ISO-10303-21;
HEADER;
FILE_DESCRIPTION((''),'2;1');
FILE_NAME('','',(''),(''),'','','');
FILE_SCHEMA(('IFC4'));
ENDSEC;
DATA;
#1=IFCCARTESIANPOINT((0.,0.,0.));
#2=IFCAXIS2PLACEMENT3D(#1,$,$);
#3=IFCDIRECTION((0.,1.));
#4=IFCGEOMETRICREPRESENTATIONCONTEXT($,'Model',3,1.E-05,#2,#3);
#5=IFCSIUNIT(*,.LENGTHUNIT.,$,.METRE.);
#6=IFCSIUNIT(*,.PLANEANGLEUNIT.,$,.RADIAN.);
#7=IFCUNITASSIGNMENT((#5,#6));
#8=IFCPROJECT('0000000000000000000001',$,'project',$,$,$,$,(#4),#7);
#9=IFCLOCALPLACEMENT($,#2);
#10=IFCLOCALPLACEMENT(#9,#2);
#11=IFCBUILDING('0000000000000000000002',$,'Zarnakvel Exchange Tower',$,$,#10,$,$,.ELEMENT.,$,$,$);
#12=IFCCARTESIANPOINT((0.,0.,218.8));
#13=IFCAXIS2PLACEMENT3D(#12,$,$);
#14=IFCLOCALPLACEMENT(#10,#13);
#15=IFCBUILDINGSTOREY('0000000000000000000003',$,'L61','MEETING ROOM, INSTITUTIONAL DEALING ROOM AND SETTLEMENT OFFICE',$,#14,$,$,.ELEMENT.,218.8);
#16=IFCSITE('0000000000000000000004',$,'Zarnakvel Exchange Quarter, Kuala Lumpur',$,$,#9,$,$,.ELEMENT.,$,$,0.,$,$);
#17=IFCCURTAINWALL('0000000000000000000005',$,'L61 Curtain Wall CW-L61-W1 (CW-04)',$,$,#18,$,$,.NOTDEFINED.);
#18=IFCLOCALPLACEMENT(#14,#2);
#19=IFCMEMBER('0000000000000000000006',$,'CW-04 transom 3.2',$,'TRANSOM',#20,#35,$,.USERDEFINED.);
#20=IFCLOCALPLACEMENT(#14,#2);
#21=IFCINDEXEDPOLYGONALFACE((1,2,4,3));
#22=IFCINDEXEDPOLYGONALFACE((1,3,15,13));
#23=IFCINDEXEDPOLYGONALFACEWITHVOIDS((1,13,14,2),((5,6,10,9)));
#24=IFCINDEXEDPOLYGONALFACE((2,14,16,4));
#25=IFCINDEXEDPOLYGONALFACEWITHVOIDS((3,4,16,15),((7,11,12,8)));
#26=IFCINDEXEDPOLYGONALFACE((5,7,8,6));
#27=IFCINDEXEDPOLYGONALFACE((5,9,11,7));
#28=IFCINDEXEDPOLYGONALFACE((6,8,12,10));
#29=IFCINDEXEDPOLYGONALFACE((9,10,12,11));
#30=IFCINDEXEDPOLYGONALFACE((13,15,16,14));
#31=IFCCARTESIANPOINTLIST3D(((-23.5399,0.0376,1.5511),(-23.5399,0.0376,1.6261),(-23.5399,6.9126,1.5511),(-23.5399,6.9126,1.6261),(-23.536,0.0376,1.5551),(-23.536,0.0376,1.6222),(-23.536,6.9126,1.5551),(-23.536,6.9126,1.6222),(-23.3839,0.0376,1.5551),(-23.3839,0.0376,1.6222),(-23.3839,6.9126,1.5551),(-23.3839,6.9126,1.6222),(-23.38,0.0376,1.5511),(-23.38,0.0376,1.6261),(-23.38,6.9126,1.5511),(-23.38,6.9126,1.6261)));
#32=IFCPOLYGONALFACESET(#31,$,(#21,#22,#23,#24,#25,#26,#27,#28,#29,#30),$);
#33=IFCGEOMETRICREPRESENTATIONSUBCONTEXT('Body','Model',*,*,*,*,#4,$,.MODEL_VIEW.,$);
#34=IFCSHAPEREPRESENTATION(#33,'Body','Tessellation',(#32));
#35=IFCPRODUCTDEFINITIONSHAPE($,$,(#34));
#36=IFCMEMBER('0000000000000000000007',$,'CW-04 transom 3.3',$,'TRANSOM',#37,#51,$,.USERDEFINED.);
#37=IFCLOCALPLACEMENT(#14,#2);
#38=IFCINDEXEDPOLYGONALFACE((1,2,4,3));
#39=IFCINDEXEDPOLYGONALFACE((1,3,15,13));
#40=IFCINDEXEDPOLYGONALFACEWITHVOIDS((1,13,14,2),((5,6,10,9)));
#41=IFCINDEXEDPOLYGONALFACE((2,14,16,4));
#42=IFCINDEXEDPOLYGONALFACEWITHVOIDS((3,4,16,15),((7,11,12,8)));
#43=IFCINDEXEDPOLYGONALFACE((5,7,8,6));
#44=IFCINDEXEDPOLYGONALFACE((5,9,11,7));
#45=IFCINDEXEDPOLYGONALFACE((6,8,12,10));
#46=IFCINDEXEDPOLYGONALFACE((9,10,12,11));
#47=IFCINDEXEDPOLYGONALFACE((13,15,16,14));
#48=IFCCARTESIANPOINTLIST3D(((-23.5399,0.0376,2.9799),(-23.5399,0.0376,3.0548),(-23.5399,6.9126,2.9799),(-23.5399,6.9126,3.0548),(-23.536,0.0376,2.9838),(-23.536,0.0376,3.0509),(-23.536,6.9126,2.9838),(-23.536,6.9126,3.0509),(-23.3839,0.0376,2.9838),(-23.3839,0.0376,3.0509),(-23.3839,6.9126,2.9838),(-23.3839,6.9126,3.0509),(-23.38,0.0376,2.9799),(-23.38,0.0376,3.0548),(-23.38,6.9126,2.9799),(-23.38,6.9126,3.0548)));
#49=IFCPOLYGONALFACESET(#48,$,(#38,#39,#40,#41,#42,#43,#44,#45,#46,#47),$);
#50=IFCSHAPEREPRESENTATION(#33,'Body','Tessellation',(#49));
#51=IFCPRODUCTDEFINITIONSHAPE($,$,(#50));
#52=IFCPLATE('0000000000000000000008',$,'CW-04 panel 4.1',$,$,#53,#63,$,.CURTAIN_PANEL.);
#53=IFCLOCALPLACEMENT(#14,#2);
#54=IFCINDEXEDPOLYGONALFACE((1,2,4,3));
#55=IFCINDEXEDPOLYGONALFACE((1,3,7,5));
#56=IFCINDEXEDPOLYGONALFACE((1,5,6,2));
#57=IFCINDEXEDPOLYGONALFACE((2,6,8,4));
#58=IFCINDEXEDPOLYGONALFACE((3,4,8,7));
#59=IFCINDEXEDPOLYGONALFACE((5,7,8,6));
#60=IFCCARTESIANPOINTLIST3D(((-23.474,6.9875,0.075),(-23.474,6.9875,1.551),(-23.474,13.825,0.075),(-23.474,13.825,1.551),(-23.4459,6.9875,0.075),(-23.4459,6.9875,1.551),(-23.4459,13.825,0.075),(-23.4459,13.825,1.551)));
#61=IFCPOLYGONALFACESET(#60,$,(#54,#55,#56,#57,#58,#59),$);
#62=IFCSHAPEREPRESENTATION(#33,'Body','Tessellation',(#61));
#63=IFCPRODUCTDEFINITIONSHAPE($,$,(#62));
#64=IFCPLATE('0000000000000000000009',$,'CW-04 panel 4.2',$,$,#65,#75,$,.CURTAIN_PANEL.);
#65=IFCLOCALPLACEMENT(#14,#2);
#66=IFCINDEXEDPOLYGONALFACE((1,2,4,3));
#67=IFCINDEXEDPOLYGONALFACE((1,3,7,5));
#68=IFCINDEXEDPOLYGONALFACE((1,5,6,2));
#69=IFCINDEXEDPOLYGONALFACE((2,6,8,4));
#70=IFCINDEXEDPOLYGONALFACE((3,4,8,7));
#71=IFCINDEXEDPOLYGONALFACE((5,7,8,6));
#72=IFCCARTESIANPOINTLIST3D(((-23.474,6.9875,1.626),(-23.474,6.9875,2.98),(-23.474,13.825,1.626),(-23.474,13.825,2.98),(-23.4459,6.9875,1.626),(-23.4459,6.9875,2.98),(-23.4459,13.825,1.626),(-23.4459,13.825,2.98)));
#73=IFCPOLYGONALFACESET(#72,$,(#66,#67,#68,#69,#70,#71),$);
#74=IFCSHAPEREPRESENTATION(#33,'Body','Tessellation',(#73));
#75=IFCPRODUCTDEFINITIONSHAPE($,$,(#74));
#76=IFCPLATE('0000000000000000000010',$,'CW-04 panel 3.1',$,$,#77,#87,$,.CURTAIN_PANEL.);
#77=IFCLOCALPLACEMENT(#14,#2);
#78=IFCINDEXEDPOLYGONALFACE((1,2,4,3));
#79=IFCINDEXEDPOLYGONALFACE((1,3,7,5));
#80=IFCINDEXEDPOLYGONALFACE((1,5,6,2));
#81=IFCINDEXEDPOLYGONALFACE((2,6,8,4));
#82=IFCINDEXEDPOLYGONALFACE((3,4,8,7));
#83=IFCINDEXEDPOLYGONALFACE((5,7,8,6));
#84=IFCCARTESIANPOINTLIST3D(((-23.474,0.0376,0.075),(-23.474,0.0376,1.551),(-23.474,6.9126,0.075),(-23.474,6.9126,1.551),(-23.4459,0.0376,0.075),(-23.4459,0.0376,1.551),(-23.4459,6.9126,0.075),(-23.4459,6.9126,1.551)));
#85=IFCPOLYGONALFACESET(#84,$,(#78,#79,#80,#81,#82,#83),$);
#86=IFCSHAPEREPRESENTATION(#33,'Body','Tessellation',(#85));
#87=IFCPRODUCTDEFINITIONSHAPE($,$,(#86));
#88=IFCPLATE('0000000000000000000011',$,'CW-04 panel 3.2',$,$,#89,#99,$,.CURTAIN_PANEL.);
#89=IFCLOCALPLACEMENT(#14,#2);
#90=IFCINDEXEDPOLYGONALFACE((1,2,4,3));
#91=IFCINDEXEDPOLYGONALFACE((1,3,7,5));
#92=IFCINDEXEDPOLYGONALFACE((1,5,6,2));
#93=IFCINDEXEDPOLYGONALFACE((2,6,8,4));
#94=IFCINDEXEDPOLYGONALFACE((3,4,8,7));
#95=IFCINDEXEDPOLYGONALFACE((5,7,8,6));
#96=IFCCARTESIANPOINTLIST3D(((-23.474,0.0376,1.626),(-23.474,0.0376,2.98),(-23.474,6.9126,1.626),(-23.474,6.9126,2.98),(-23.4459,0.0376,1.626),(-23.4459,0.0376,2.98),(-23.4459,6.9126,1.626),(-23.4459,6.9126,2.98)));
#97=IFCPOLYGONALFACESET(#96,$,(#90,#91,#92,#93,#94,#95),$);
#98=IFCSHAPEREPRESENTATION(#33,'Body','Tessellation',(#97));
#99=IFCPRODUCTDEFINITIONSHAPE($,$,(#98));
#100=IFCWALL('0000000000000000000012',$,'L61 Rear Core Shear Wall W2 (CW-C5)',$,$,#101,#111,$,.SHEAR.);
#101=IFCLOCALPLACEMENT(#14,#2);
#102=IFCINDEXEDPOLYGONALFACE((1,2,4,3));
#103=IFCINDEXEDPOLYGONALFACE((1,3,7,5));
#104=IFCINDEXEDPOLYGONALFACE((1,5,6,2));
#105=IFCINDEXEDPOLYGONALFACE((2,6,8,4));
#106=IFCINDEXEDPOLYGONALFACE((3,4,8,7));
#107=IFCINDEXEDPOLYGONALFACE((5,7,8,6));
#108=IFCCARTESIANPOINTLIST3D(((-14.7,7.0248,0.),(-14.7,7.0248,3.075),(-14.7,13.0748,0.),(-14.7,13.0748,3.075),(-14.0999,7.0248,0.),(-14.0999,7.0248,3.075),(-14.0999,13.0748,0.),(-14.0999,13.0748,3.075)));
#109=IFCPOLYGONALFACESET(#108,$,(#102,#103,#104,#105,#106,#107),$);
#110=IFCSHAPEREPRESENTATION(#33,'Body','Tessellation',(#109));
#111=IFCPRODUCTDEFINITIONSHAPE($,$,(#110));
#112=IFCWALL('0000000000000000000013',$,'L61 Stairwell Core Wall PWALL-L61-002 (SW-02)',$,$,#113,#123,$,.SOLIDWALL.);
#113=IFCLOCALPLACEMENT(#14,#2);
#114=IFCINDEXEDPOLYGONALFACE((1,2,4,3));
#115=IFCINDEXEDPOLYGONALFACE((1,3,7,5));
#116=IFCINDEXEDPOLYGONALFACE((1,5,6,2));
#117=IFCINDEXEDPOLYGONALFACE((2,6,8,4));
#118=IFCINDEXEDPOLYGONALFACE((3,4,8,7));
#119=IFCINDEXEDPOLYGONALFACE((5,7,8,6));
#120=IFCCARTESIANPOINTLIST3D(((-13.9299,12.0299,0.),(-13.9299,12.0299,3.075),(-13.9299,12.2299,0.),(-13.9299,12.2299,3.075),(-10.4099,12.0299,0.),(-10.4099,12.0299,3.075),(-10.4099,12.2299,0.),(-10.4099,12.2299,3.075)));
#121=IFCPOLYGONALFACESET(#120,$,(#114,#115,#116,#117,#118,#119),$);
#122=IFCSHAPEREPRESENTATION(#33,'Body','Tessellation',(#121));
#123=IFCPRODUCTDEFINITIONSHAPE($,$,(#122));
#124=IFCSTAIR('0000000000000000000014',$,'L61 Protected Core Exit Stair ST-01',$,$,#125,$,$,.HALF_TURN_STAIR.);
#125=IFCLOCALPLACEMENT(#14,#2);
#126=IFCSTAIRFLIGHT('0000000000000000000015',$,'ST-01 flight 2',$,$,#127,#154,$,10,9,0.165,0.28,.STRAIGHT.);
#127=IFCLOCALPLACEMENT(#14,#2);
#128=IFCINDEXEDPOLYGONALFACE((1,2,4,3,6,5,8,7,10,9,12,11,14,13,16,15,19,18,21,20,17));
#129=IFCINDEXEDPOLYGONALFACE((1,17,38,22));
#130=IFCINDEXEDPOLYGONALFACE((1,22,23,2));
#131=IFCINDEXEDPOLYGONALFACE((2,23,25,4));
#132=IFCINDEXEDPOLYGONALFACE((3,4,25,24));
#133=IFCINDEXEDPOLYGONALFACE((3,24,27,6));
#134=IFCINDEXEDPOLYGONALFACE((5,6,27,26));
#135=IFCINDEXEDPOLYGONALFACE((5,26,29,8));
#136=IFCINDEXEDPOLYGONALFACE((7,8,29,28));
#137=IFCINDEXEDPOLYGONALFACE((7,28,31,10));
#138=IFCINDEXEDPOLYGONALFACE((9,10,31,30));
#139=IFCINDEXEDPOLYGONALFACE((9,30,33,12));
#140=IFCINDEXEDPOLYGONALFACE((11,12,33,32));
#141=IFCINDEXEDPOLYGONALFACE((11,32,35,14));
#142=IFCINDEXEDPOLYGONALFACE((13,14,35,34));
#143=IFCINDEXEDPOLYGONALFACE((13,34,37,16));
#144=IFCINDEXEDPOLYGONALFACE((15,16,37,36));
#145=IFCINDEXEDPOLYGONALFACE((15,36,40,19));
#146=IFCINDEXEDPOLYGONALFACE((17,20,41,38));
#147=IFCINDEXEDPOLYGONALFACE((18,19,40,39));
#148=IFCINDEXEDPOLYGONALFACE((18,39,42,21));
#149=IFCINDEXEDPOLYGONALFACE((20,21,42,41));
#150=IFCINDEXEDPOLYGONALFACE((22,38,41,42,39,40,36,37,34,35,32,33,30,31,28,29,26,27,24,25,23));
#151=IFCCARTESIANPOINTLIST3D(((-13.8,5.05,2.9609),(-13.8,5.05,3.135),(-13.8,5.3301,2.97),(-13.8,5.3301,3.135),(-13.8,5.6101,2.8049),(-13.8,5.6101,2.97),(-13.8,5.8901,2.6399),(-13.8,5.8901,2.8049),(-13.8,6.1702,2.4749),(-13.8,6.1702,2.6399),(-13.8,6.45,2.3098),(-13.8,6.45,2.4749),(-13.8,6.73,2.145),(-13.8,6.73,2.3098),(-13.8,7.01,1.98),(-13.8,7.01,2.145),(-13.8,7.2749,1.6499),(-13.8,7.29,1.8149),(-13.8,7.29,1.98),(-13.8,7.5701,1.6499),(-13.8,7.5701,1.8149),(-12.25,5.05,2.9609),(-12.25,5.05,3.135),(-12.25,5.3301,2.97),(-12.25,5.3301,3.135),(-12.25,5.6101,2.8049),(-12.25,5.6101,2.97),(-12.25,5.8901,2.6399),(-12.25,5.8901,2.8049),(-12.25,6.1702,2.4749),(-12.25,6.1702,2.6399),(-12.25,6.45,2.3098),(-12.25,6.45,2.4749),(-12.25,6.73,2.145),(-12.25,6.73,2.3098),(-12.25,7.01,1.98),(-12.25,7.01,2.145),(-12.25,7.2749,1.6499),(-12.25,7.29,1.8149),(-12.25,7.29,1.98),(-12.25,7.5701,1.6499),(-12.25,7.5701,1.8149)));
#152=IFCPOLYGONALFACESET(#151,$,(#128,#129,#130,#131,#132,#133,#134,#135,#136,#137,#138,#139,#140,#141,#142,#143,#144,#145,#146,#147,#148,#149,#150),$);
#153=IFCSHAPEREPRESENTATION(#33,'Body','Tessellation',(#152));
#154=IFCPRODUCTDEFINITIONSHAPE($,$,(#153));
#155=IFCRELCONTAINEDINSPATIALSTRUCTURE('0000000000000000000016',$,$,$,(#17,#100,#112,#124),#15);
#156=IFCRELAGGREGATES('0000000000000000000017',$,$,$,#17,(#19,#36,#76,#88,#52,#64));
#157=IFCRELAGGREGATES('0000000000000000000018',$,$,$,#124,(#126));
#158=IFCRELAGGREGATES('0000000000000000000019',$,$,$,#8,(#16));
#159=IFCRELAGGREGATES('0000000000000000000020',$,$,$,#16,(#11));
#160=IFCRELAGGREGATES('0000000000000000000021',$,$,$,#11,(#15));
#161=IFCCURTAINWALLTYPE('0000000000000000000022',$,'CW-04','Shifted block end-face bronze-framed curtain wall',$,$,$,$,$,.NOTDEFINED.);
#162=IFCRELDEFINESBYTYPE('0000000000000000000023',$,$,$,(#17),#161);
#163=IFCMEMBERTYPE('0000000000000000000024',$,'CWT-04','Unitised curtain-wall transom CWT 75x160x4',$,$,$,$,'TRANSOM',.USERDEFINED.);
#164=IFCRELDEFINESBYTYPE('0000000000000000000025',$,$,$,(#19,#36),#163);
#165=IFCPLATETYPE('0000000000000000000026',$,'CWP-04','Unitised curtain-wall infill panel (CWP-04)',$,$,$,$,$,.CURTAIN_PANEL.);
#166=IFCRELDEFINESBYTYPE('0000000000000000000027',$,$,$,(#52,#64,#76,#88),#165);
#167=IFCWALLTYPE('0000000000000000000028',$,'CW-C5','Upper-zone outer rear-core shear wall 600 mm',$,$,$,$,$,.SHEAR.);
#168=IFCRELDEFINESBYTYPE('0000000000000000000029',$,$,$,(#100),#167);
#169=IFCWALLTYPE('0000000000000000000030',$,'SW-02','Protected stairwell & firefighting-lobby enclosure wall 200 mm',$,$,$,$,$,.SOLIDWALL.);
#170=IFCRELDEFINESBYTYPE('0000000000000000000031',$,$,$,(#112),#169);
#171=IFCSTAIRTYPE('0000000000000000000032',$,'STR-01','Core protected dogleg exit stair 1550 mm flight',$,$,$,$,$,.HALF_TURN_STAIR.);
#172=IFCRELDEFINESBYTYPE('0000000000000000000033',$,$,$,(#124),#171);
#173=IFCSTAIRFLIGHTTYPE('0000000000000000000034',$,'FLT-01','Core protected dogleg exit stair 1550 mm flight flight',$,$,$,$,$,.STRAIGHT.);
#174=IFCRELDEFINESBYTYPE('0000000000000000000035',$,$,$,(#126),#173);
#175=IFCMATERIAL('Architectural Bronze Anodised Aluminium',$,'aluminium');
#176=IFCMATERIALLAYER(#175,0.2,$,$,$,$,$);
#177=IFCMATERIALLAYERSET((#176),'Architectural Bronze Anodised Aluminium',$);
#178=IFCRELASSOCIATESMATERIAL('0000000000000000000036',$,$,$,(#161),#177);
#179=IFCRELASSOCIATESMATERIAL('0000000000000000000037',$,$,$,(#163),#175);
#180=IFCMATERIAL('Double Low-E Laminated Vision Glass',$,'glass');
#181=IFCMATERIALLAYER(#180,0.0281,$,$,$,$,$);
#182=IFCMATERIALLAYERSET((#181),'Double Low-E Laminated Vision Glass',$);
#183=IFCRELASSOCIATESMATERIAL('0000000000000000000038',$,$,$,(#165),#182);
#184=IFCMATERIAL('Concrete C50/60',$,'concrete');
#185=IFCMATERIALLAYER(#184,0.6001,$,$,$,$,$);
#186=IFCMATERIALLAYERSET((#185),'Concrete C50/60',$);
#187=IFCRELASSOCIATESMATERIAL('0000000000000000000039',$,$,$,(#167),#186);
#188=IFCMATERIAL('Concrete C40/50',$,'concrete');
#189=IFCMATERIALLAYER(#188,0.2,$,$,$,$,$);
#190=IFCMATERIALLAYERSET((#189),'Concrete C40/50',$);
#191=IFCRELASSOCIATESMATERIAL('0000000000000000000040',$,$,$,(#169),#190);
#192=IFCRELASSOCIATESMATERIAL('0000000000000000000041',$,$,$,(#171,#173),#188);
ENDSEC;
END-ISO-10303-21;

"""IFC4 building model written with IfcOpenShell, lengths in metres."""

from ifc_helpers import new_model, si_unit, direction, frame, frame_2d, origin, origin_2d, place, context, subcontext, project, spatial, polyline, rectangle, hollow_rectangle, outline, extrude, source, transform, mapped, material, layer, layer_set, material_profile, profile_set, type_object, element, aggregate, save


model = new_model("IFC4")

# Units and contexts
model_context = context("Model", 3, precision=1e-05, world=origin(), true_north=direction((0.0, 1.0)))
body_context = subcontext(model_context, "Body", "Model", "MODEL_VIEW")
ifc_project = project(units=[si_unit("LENGTHUNIT", "METRE"), si_unit("PLANEANGLEUNIT", "RADIAN")], contexts=[model_context])

# Site, building, storey
site_placement = place(None, origin())
site = spatial("IfcSite", under=ifc_project, at=site_placement, Name="Zarnakvel Exchange Quarter, Kuala Lumpur", CompositionType="ELEMENT", RefElevation=0.0)
building_placement = place(site_placement, origin())
building = spatial("IfcBuilding", under=site, at=building_placement, Name="Zarnakvel Exchange Tower", CompositionType="ELEMENT")
storey_placement = place(building_placement, frame((0.0, 0.0, 218.8)))
storey = spatial("IfcBuildingStorey", under=building, at=storey_placement, Name="L61", Description="MEETING ROOM, INSTITUTIONAL DEALING ROOM AND SETTLEMENT OFFICE", CompositionType="ELEMENT", Elevation=218.8)

# Shared definitions
ifc_material_1 = material(Name="Concrete C50/60", Category="concrete")

# Curtain wall, members, plates
ifc_material_2 = material(Name="Architectural Bronze Anodised Aluminium", Category="aluminium")
ifc_layer_1 = layer(ifc_material_2, 0.2)
ifc_layer_set_1 = layer_set([ifc_layer_1], Name="Architectural Bronze Anodised Aluminium")
curtain_wall_type = type_object("IfcCurtainWallType", Name="CW-04", Description="Shifted block end-face bronze-framed curtain wall", PredefinedType="NOTDEFINED", material=ifc_layer_set_1)
curtain_wall_placement = place(storey_placement, origin())
curtain_wall = element("IfcCurtainWall", 1, at=curtain_wall_placement, inside=storey, type_object=curtain_wall_type, Name="L61 Curtain Wall CW-L61-W1 (CW-04)", PredefinedType="NOTDEFINED")
ifc_material_profile_1 = material_profile(ifc_material_2, hollow_rectangle(XDim=0.1599, YDim=0.075, WallThickness=0.0039, at=origin_2d()))
ifc_profile_set_1 = profile_set([ifc_material_profile_1], Name="Architectural Bronze Anodised Aluminium")
member_type_1 = type_object("IfcMemberType", Name="CWT-04", Description="Unitised curtain-wall transom CWT 75x160x4", ElementType="TRANSOM", PredefinedType="USERDEFINED", material=ifc_profile_set_1)
shared_shape_1 = source(origin(), body_context, "Body", "SweptSolid", [
    extrude(hollow_rectangle(XDim=0.1599, YDim=0.075, WallThickness=0.0039, at=origin_2d()), origin(), (0.0, 0.0, 1.0), 6.875),
])
member_1_placement = place(storey_placement, frame((-23.46, 0.0376, 1.5886), z_axis=(0.0, 1.0, 0.0), x_axis=(-1.0, 0.0, 0.0)))
member_1 = element("IfcMember", 2, at=member_1_placement, type_object=member_type_1, Name="CW-04 transom 3.2", ObjectType="TRANSOM", PredefinedType="USERDEFINED", context=body_context, shape_type="MappedRepresentation", body=[
    mapped(shared_shape_1, transform((0.0, 0.0, 0.0), x_axis=(1.0, 0.0, 0.0), y_axis=(0.0, 1.0, 0.0), z_axis=(0.0, 0.0, 1.0), scale=1.0)),
])
member_2_placement = place(storey_placement, frame((-23.46, 0.0376, 3.0173), z_axis=(0.0, 1.0, 0.0), x_axis=(-1.0, 0.0, 0.0)))
member_2 = element("IfcMember", 3, at=member_2_placement, type_object=member_type_1, Name="CW-04 transom 3.3", ObjectType="TRANSOM", PredefinedType="USERDEFINED", context=body_context, shape_type="MappedRepresentation", body=[
    mapped(shared_shape_1, transform((0.0, 0.0, 0.0), x_axis=(1.0, 0.0, 0.0), y_axis=(0.0, 1.0, 0.0), z_axis=(0.0, 0.0, 1.0), scale=1.0)),
])
ifc_material_3 = material(Name="Double Low-E Laminated Vision Glass", Category="glass")
ifc_layer_2 = layer(ifc_material_3, 0.0281)
ifc_layer_set_2 = layer_set([ifc_layer_2], Name="Double Low-E Laminated Vision Glass")
plate_type = type_object("IfcPlateType", Name="CWP-04", Description="Unitised curtain-wall infill panel (CWP-04)", PredefinedType="CURTAIN_PANEL", material=ifc_layer_set_2)
shared_shape_2 = source(origin(), body_context, "Body", "SweptSolid", [
    extrude(rectangle(XDim=6.8374, YDim=0.0281, at=origin_2d()), origin(), (0.0, 0.0, 1.0), 1.4761),
])
plate_1_placement = place(storey_placement, frame((-23.46, 10.4062, 0.075), z_axis=(0.0, 0.0, 1.0), x_axis=(0.0, 1.0, 0.0)))
plate_1 = element("IfcPlate", 4, at=plate_1_placement, type_object=plate_type, Name="CW-04 panel 4.1", PredefinedType="CURTAIN_PANEL", context=body_context, shape_type="MappedRepresentation", body=[
    mapped(shared_shape_2, transform((0.0, 0.0, 0.0), x_axis=(1.0, 0.0, 0.0), y_axis=(0.0, 1.0, 0.0), z_axis=(0.0, 0.0, 1.0), scale=1.0)),
])
shared_shape_3 = source(origin(), body_context, "Body", "SweptSolid", [
    extrude(rectangle(XDim=6.8374, YDim=0.0281, at=origin_2d()), origin(), (0.0, 0.0, 1.0), 1.354),
])
plate_2_placement = place(storey_placement, frame((-23.46, 10.4062, 1.626), z_axis=(0.0, 0.0, 1.0), x_axis=(0.0, 1.0, 0.0)))
plate_2 = element("IfcPlate", 5, at=plate_2_placement, type_object=plate_type, Name="CW-04 panel 4.2", PredefinedType="CURTAIN_PANEL", context=body_context, shape_type="MappedRepresentation", body=[
    mapped(shared_shape_3, transform((0.0, 0.0, 0.0), x_axis=(1.0, 0.0, 0.0), y_axis=(0.0, 1.0, 0.0), z_axis=(0.0, 0.0, 1.0), scale=1.0)),
])
shared_shape_4 = source(origin(), body_context, "Body", "SweptSolid", [
    extrude(rectangle(XDim=6.875, YDim=0.0281, at=origin_2d()), origin(), (0.0, 0.0, 1.0), 1.4761),
])
plate_3_placement = place(storey_placement, frame((-23.46, 3.4751, 0.075), z_axis=(0.0, 0.0, 1.0), x_axis=(0.0, 1.0, 0.0)))
plate_3 = element("IfcPlate", 6, at=plate_3_placement, type_object=plate_type, Name="CW-04 panel 3.1", PredefinedType="CURTAIN_PANEL", context=body_context, shape_type="MappedRepresentation", body=[
    mapped(shared_shape_4, transform((0.0, 0.0, 0.0), x_axis=(1.0, 0.0, 0.0), y_axis=(0.0, 1.0, 0.0), z_axis=(0.0, 0.0, 1.0), scale=1.0)),
])
shared_shape_5 = source(origin(), body_context, "Body", "SweptSolid", [
    extrude(rectangle(XDim=6.875, YDim=0.0281, at=origin_2d()), origin(), (0.0, 0.0, 1.0), 1.354),
])
plate_4_placement = place(storey_placement, frame((-23.46, 3.4751, 1.626), z_axis=(0.0, 0.0, 1.0), x_axis=(0.0, 1.0, 0.0)))
plate_4 = element("IfcPlate", 7, at=plate_4_placement, type_object=plate_type, Name="CW-04 panel 3.2", PredefinedType="CURTAIN_PANEL", context=body_context, shape_type="MappedRepresentation", body=[
    mapped(shared_shape_5, transform((0.0, 0.0, 0.0), x_axis=(1.0, 0.0, 0.0), y_axis=(0.0, 1.0, 0.0), z_axis=(0.0, 0.0, 1.0), scale=1.0)),
])
aggregate(curtain_wall, [member_1, member_2, plate_3, plate_4, plate_1, plate_2])

# Walls
ifc_layer_3 = layer(ifc_material_1, 0.6001)
ifc_layer_set_3 = layer_set([ifc_layer_3], Name="Concrete C50/60")
wall_type_1 = type_object("IfcWallType", Name="CW-C5", Description="Upper-zone outer rear-core shear wall 600 mm", PredefinedType="SHEAR", material=ifc_layer_set_3)
wall_1_placement = place(storey_placement, frame((-14.3999, 7.0249, 0.0), z_axis=(0.0, 0.0, 1.0), x_axis=(0.0, 1.0, 0.0)))
element("IfcWall", 8, at=wall_1_placement, inside=storey, type_object=wall_type_1, Name="L61 Rear Core Shear Wall W2 (CW-C5)", PredefinedType="SHEAR", context=body_context, shape_type="SweptSolid", body=[
    extrude(rectangle(XDim=6.05, YDim=0.6001, at=frame_2d((3.0249, 0.0))), origin(), (0.0, 0.0, 1.0), 3.075),
])
ifc_material_4 = material(Name="Concrete C40/50", Category="concrete")
ifc_layer_4 = layer(ifc_material_4, 0.2)
ifc_layer_set_4 = layer_set([ifc_layer_4], Name="Concrete C40/50")
wall_type_2 = type_object("IfcWallType", Name="SW-02", Description="Protected stairwell & firefighting-lobby enclosure wall 200 mm", PredefinedType="SOLIDWALL", material=ifc_layer_set_4)
wall_2_placement = place(storey_placement, frame((-13.9299, 12.1299, 0.0), z_axis=(0.0, 0.0, 1.0), x_axis=(1.0, 0.0, 0.0)))
element("IfcWall", 9, at=wall_2_placement, inside=storey, type_object=wall_type_2, Name="L61 Stairwell Core Wall PWALL-L61-002 (SW-02)", PredefinedType="SOLIDWALL", context=body_context, shape_type="SweptSolid", body=[
    extrude(rectangle(XDim=3.52, YDim=0.2, at=frame_2d((1.76, 0.0))), origin(), (0.0, 0.0, 1.0), 3.075),
])

# Stair, stair flight
stair_type = type_object("IfcStairType", Name="STR-01", Description="Core protected dogleg exit stair 1550 mm flight", PredefinedType="HALF_TURN_STAIR", material=ifc_material_4)
stair_placement = place(storey_placement, origin())
stair = element("IfcStair", 10, at=stair_placement, inside=storey, type_object=stair_type, Name="L61 Protected Core Exit Stair ST-01", PredefinedType="HALF_TURN_STAIR")
stair_flight_type = type_object("IfcStairFlightType", Name="FLT-01", Description="Core protected dogleg exit stair 1550 mm flight flight", PredefinedType="STRAIGHT", material=ifc_material_4)
stair_flight_placement = place(storey_placement, frame((-13.0249, 7.5701, 1.6499), z_axis=(0.0, 0.0, 1.0), x_axis=(0.0, -1.0, 0.0)))
stair_flight = element("IfcStairFlight", 11, at=stair_flight_placement, type_object=stair_flight_type, Name="ST-01 flight 2", NumberOfRisers=10, NumberOfTreads=9, PredefinedType="STRAIGHT", RiserHeight=0.165, TreadLength=0.28, context=body_context, shape_type="SweptSolid", body=[
    extrude(outline(polyline([(0.0, 0.0), (0.0, 0.165), (0.28, 0.165), (0.28, 0.3301), (0.5601, 0.3301), (0.5601, 0.4951), (0.8401, 0.4951), (0.8401, 0.6599), (1.1201, 0.6599), (1.1201, 0.825), (1.3999, 0.825), (1.3999, 0.99), (1.6799, 0.99), (1.6799, 1.155), (1.96, 1.155), (1.96, 1.3201), (2.24, 1.3201), (2.24, 1.4851), (2.52, 1.4851), (2.52, 1.6499), (2.52, 1.311), (0.2952, 0.0), (0.0, 0.0)])), frame((0.0, 0.7749, 0.0), z_axis=(0.0, -1.0, 0.0), x_axis=(1.0, 0.0, 0.0)), (0.0, 0.0, 1.0), 1.55),
])
aggregate(stair, [stair_flight])

save(model, "model.ifc")
